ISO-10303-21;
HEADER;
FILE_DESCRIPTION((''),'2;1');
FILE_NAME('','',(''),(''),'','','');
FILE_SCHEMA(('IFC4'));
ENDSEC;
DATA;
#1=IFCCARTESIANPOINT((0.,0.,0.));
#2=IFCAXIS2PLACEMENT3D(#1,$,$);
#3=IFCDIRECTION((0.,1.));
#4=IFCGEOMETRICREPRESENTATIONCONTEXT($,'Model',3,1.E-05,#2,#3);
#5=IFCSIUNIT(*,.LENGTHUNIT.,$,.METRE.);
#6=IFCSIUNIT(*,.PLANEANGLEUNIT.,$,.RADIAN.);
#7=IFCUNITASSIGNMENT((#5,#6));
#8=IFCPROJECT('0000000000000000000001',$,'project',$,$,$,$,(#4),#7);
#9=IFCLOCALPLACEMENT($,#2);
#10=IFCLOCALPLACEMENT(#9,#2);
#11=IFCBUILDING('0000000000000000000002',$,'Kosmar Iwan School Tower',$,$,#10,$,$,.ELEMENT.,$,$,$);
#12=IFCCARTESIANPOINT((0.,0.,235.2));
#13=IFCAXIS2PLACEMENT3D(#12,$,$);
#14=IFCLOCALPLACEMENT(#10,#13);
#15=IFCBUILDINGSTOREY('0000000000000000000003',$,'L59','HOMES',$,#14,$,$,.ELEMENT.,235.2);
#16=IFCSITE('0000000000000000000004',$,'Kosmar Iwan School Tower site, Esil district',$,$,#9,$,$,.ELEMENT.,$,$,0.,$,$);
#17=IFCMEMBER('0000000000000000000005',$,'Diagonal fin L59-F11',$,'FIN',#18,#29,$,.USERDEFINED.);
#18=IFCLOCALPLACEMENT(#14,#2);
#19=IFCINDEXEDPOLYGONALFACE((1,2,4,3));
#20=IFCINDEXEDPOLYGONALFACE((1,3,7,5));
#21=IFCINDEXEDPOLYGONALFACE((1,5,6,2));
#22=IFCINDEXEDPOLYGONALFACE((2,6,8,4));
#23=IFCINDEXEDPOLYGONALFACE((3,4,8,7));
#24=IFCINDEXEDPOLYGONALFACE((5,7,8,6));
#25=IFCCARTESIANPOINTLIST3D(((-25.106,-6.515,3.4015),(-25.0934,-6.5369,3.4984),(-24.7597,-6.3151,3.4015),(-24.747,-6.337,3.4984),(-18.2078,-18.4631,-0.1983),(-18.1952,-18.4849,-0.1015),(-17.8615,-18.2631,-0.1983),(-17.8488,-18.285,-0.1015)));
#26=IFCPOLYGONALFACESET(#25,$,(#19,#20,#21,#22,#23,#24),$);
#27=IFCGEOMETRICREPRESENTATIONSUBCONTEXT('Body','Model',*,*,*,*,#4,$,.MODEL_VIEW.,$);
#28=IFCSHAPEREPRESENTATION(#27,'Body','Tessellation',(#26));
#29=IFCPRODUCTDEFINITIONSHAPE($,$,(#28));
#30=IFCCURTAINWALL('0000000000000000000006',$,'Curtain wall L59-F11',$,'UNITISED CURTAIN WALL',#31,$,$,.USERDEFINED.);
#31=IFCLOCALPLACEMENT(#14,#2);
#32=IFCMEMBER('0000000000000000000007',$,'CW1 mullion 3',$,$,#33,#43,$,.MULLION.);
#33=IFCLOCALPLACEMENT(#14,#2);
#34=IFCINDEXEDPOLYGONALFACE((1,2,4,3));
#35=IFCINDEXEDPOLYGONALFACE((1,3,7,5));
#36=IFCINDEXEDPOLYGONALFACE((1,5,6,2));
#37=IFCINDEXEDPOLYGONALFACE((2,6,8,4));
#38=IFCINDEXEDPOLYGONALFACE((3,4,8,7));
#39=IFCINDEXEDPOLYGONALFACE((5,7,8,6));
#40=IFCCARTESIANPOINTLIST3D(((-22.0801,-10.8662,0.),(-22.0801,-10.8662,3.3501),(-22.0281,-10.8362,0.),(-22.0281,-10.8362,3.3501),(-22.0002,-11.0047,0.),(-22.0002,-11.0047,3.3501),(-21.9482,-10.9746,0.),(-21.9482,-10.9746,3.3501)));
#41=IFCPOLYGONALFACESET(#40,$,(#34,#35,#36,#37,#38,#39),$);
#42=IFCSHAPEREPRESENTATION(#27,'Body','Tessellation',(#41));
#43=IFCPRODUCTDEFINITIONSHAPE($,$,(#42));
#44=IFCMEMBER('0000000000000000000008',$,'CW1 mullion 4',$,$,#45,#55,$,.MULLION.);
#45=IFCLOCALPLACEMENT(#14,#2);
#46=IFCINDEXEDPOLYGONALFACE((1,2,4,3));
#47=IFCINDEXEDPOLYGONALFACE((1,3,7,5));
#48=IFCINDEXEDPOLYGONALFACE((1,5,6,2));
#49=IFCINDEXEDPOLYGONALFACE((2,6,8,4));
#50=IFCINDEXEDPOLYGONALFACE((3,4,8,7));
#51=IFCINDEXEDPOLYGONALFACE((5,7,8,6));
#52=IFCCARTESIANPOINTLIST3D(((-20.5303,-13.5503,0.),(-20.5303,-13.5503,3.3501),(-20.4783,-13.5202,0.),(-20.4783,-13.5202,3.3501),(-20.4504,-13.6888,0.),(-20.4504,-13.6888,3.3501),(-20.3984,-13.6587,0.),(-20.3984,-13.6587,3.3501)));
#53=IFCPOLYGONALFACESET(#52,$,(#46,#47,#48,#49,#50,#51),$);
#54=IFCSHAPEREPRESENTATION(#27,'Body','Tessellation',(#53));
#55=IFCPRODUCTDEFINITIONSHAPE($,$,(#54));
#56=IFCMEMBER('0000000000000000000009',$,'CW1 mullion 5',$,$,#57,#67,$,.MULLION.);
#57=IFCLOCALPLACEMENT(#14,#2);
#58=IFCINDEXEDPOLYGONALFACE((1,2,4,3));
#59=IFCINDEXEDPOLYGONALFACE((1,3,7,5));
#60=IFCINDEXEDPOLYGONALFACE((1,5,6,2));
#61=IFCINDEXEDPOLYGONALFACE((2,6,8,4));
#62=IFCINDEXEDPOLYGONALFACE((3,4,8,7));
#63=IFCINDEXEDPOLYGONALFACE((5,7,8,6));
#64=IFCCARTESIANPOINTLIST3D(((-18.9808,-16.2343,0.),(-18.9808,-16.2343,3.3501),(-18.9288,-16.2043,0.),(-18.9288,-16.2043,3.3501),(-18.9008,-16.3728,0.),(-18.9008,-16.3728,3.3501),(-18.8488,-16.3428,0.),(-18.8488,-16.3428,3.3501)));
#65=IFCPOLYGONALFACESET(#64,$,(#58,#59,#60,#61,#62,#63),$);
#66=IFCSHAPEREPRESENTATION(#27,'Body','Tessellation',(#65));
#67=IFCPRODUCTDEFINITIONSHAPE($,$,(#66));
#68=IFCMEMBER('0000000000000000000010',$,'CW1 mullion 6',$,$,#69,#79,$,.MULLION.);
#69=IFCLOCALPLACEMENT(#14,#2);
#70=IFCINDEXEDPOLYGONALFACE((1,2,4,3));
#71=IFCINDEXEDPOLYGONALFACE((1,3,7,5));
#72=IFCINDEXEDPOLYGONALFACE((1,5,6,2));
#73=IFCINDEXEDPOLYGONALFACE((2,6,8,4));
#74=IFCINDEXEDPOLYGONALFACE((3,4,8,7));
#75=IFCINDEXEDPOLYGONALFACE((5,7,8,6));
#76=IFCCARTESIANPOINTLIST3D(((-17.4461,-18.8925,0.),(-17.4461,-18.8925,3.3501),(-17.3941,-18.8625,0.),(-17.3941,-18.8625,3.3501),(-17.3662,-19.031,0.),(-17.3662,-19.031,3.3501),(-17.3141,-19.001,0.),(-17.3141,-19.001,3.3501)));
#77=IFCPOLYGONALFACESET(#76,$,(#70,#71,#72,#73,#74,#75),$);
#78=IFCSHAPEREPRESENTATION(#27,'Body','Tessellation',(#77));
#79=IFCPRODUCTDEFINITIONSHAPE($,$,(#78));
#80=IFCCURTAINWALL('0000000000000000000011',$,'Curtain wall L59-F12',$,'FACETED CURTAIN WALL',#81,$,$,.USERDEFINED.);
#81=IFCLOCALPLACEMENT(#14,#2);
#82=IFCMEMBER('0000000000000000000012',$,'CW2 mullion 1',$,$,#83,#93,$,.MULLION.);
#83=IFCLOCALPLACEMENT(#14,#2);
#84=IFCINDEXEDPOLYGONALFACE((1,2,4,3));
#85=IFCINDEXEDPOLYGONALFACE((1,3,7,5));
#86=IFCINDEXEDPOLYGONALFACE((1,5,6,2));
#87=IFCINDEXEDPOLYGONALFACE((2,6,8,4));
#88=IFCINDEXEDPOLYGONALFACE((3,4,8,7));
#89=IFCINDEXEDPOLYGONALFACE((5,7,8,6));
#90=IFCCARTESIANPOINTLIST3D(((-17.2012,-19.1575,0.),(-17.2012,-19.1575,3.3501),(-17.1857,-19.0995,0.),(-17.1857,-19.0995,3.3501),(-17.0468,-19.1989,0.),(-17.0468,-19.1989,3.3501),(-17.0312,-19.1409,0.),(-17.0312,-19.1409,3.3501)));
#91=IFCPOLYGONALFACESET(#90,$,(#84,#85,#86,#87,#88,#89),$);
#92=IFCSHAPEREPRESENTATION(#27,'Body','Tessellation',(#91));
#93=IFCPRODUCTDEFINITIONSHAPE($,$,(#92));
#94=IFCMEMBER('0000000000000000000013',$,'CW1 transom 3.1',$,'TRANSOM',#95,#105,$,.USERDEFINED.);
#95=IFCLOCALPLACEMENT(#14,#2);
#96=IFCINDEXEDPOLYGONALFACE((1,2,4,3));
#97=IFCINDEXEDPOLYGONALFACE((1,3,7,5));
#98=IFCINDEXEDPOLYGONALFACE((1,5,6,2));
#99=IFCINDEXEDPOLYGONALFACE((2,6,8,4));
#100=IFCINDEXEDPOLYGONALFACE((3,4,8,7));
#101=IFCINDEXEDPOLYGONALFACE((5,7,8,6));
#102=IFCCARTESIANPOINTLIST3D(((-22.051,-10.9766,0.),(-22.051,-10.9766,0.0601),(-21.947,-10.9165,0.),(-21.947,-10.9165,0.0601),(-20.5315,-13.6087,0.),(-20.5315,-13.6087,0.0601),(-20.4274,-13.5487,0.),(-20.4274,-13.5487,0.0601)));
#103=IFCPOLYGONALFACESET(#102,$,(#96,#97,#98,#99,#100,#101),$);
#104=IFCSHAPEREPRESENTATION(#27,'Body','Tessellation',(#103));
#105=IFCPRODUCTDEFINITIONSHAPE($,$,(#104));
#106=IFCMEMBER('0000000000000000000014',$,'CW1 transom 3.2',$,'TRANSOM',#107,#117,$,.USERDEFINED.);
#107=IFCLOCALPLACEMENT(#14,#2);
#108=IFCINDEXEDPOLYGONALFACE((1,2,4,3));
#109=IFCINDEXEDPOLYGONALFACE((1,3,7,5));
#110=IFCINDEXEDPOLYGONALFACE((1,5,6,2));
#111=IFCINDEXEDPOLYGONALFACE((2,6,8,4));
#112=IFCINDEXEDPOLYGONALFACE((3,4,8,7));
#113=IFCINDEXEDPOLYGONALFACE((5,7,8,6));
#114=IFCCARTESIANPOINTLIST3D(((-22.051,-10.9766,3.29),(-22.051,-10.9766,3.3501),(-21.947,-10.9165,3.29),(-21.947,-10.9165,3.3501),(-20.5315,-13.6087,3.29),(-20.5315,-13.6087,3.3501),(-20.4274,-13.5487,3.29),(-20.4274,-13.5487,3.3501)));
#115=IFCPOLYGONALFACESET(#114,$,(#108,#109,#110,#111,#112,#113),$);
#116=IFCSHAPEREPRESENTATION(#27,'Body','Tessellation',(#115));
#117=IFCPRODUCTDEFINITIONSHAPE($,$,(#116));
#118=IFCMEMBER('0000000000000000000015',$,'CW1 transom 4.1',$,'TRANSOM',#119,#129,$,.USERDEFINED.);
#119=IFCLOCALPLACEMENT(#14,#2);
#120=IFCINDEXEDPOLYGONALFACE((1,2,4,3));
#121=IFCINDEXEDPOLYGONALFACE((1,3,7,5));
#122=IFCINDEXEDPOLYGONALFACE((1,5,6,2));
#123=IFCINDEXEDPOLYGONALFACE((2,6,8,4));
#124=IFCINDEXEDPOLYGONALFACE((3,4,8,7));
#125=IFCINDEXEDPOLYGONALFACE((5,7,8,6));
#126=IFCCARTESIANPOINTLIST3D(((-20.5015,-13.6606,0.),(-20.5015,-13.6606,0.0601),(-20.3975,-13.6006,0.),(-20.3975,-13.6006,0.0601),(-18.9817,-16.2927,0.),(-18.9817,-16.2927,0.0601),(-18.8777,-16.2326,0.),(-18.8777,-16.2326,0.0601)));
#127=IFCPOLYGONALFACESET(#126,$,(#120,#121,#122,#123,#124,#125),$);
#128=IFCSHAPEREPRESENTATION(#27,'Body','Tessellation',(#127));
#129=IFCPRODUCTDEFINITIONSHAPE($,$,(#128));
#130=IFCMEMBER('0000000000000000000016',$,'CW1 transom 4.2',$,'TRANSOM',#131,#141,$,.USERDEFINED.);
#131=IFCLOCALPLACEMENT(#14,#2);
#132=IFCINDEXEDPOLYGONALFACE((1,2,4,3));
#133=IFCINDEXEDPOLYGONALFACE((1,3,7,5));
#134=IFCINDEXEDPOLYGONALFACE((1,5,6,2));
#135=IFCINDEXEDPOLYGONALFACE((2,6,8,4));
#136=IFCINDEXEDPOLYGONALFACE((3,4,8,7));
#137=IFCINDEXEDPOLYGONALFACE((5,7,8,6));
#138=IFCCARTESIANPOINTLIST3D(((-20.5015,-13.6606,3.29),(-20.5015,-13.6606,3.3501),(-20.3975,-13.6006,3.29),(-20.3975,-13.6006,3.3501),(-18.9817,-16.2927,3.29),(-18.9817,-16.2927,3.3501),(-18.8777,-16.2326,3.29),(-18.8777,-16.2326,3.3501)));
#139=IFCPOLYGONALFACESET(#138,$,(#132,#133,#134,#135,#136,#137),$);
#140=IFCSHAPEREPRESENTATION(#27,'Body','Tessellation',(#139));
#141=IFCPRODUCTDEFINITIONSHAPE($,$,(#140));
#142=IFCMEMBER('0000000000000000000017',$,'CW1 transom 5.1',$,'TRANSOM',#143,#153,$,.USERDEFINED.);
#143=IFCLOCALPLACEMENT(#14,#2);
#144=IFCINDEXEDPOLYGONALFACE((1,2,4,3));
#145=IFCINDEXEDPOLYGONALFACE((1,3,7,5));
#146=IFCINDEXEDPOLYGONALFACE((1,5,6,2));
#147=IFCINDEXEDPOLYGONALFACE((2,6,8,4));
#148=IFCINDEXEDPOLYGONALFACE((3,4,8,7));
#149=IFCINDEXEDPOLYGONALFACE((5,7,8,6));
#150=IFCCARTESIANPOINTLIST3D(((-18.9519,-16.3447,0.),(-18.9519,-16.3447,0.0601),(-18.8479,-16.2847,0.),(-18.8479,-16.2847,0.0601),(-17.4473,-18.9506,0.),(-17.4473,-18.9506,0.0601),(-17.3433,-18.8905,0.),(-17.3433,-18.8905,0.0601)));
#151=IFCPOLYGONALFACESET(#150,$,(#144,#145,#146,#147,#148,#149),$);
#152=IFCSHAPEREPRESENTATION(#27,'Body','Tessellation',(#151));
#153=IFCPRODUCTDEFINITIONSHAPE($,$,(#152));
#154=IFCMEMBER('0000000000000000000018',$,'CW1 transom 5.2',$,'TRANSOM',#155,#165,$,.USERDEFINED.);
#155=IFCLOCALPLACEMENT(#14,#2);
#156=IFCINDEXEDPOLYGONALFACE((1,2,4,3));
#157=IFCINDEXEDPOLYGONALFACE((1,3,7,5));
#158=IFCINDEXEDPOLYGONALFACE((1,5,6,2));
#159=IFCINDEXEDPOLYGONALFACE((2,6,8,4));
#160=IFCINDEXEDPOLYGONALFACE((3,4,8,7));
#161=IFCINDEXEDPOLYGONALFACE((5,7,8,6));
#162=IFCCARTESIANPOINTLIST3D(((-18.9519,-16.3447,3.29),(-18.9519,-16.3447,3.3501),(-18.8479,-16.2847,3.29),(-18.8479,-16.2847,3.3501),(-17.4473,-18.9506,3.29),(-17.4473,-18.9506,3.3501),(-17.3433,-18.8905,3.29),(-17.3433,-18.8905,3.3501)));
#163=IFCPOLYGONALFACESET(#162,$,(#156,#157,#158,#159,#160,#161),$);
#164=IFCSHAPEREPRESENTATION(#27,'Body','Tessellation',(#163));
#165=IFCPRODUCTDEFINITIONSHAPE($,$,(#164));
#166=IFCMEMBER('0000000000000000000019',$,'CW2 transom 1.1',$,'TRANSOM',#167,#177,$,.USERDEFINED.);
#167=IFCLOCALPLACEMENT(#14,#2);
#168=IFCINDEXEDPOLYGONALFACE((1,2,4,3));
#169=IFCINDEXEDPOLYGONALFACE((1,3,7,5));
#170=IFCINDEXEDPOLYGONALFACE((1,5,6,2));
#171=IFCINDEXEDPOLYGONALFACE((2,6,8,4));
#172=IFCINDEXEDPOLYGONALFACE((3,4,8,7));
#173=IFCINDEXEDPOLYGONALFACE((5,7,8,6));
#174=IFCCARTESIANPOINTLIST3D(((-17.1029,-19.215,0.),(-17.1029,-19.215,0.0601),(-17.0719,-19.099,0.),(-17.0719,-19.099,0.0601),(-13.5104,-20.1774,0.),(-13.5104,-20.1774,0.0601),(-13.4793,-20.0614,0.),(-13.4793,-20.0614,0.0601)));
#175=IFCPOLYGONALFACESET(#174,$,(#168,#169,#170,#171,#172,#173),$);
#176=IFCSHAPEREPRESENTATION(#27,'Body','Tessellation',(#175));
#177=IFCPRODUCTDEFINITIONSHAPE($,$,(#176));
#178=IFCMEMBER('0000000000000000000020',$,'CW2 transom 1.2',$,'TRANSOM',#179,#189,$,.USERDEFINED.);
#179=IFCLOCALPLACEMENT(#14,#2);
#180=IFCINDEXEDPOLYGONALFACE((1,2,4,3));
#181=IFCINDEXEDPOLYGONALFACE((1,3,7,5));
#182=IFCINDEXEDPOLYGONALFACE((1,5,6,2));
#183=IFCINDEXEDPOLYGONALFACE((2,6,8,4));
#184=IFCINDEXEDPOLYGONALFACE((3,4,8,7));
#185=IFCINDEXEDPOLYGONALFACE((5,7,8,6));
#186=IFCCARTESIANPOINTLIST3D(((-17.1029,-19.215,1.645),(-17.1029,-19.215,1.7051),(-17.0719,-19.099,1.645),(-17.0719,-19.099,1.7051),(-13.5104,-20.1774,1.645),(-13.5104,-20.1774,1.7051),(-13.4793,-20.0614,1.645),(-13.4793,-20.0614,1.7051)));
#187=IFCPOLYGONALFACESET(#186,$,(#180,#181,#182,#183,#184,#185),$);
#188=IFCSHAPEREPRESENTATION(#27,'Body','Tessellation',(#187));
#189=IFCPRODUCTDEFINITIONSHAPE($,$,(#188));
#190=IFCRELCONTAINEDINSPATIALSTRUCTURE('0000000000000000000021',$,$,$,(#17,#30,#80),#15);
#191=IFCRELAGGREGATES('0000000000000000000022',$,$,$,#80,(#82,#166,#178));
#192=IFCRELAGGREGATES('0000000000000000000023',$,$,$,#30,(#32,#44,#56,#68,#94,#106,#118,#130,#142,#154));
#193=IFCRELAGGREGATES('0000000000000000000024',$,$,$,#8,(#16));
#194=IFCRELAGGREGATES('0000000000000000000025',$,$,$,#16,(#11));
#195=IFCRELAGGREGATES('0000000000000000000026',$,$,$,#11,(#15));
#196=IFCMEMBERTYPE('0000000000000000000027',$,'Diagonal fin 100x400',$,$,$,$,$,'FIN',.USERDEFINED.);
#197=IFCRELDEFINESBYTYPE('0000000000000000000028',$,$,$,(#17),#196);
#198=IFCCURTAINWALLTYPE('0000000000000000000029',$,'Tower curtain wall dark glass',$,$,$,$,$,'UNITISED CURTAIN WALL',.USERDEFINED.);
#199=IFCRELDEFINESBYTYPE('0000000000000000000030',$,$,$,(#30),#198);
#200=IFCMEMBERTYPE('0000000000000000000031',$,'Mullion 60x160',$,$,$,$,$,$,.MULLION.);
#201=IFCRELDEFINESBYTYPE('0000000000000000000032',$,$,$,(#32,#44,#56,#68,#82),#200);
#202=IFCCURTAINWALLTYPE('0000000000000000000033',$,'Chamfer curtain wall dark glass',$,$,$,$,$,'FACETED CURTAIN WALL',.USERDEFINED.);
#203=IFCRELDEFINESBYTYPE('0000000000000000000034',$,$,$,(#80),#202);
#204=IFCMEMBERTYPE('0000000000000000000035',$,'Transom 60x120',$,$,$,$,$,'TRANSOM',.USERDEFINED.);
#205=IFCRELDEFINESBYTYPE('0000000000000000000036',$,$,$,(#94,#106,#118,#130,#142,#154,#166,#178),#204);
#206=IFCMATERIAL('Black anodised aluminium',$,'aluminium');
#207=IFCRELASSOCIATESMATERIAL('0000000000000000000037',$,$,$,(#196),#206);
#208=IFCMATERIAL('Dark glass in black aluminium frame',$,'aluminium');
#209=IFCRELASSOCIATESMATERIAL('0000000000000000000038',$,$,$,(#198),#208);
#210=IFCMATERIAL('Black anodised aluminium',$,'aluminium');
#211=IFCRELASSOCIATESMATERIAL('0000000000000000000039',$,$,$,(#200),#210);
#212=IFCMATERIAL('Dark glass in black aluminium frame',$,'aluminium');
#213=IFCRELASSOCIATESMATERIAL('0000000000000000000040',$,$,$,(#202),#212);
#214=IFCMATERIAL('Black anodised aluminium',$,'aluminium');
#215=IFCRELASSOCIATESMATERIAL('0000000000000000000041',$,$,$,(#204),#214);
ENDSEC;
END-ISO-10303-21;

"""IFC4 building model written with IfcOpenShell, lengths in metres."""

from ifc_helpers import new_model, si_unit, direction, frame, origin, origin_2d, place, context, subcontext, project, spatial, rectangle, extrude, material, material_profile, profile_set, type_object, element, aggregate, save


model = new_model("IFC4")

# Units and contexts
model_context = context("Model", 3, precision=1e-05, world=origin(), true_north=direction((0.0, 1.0)))
body_context = subcontext(model_context, "Body", "Model", "MODEL_VIEW")
ifc_project = project(units=[si_unit("LENGTHUNIT", "METRE"), si_unit("PLANEANGLEUNIT", "RADIAN")], contexts=[model_context])

# Site, building, storey
site_placement = place(None, origin())
site = spatial("IfcSite", under=ifc_project, at=site_placement, Name="Kosmar Iwan School Tower site, Esil district", CompositionType="ELEMENT", RefElevation=0.0)
building_placement = place(site_placement, origin())
building = spatial("IfcBuilding", under=site, at=building_placement, Name="Kosmar Iwan School Tower", CompositionType="ELEMENT")
storey_placement = place(building_placement, frame((0.0, 0.0, 235.2)))
storey = spatial("IfcBuildingStorey", under=building, at=storey_placement, Name="L59", Description="HOMES", CompositionType="ELEMENT", Elevation=235.2)

# Member
ifc_material_1 = material(Name="Black anodised aluminium", Category="aluminium")
ifc_material_profile_1 = material_profile(ifc_material_1, rectangle(XDim=0.1001, YDim=0.3999, at=origin_2d()), Name="FIN 100x400")
ifc_profile_set_1 = profile_set([ifc_material_profile_1], Name="Black anodised aluminium")
member_type_1 = type_object("IfcMemberType", Name="Diagonal fin 100x400", ElementType="FIN", PredefinedType="USERDEFINED", material=ifc_profile_set_1)
member_1_placement = place(storey_placement, frame((-18.0283, -18.374, -0.1499), z_axis=(-0.483802, 0.837969, 0.252475), x_axis=(0.126237, -0.218649, 0.967604)))
element("IfcMember", 1, at=member_1_placement, inside=storey, type_object=member_type_1, Name="Diagonal fin L59-F11", ObjectType="FIN", PredefinedType="USERDEFINED", context=body_context, shape_type="SweptSolid", body=[
    extrude(rectangle(XDim=0.1001, YDim=0.3999, at=origin_2d()), origin(), (0.0, 0.0, 1.0), 14.2583),
])

# Curtain wall, members
ifc_material_2 = material(Name="Dark glass in black aluminium frame", Category="aluminium")
curtain_wall_type_1 = type_object("IfcCurtainWallType", Name="Tower curtain wall dark glass", ElementType="UNITISED CURTAIN WALL", PredefinedType="USERDEFINED", material=ifc_material_2)
curtain_wall_1_placement = place(storey_placement, origin())
curtain_wall_1 = element("IfcCurtainWall", 2, at=curtain_wall_1_placement, inside=storey, type_object=curtain_wall_type_1, Name="Curtain wall L59-F11", ObjectType="UNITISED CURTAIN WALL", PredefinedType="USERDEFINED")
ifc_material_3 = material(Name="Black anodised aluminium", Category="aluminium")
ifc_material_profile_2 = material_profile(ifc_material_3, rectangle(XDim=0.0601, YDim=0.1599, at=origin_2d()), Name="MULLION 60x160")
ifc_profile_set_2 = profile_set([ifc_material_profile_2], Name="Black anodised aluminium")
member_type_2 = type_object("IfcMemberType", Name="Mullion 60x160", PredefinedType="MULLION", material=ifc_profile_set_2)
member_2_placement = place(storey_placement, frame((-22.0142, -10.9204, 0.0), z_axis=(0.0, 0.0, 1.0), x_axis=(0.866025, 0.5, 0.0)))
member_2 = element("IfcMember", 3, at=member_2_placement, type_object=member_type_2, Name="CW1 mullion 3", PredefinedType="MULLION", context=body_context, shape_type="SweptSolid", body=[
    extrude(rectangle(XDim=0.0601, YDim=0.1599, at=origin_2d()), origin(), (0.0, 0.0, 1.0), 3.3501),
])
member_3_placement = place(storey_placement, frame((-20.4644, -13.6045, 0.0), z_axis=(0.0, 0.0, 1.0), x_axis=(0.866025, 0.5, 0.0)))
member_3 = element("IfcMember", 4, at=member_3_placement, type_object=member_type_2, Name="CW1 mullion 4", PredefinedType="MULLION", context=body_context, shape_type="SweptSolid", body=[
    extrude(rectangle(XDim=0.0601, YDim=0.1599, at=origin_2d()), origin(), (0.0, 0.0, 1.0), 3.3501),
])
member_4_placement = place(storey_placement, frame((-18.9148, -16.2886, 0.0), z_axis=(0.0, 0.0, 1.0), x_axis=(0.866025, 0.5, 0.0)))
member_4 = element("IfcMember", 5, at=member_4_placement, type_object=member_type_2, Name="CW1 mullion 5", PredefinedType="MULLION", context=body_context, shape_type="SweptSolid", body=[
    extrude(rectangle(XDim=0.0601, YDim=0.1599, at=origin_2d()), origin(), (0.0, 0.0, 1.0), 3.3501),
])
member_5_placement = place(storey_placement, frame((-17.3801, -18.9468, 0.0), z_axis=(0.0, 0.0, 1.0), x_axis=(0.866025, 0.5, 0.0)))
member_5 = element("IfcMember", 6, at=member_5_placement, type_object=member_type_2, Name="CW1 mullion 6", PredefinedType="MULLION", context=body_context, shape_type="SweptSolid", body=[
    extrude(rectangle(XDim=0.0601, YDim=0.1599, at=origin_2d()), origin(), (0.0, 0.0, 1.0), 3.3501),
])

# Curtain wall, member
ifc_material_4 = material(Name="Dark glass in black aluminium frame", Category="aluminium")
curtain_wall_type_2 = type_object("IfcCurtainWallType", Name="Chamfer curtain wall dark glass", ElementType="FACETED CURTAIN WALL", PredefinedType="USERDEFINED", material=ifc_material_4)
curtain_wall_2_placement = place(storey_placement, origin())
curtain_wall_2 = element("IfcCurtainWall", 7, at=curtain_wall_2_placement, inside=storey, type_object=curtain_wall_type_2, Name="Curtain wall L59-F12", ObjectType="FACETED CURTAIN WALL", PredefinedType="USERDEFINED")
member_6_placement = place(storey_placement, frame((-17.1162, -19.1492, 0.0), z_axis=(0.0, 0.0, 1.0), x_axis=(0.258819, 0.965926, 0.0)))
member_6 = element("IfcMember", 8, at=member_6_placement, type_object=member_type_2, Name="CW2 mullion 1", PredefinedType="MULLION", context=body_context, shape_type="SweptSolid", body=[
    extrude(rectangle(XDim=0.0601, YDim=0.1599, at=origin_2d()), origin(), (0.0, 0.0, 1.0), 3.3501),
])

# Members
ifc_material_5 = material(Name="Black anodised aluminium", Category="aluminium")
ifc_material_profile_3 = material_profile(ifc_material_5, rectangle(XDim=0.1201, YDim=0.0601, at=origin_2d()), Name="TRANSOM 60x120")
ifc_profile_set_3 = profile_set([ifc_material_profile_3], Name="Black anodised aluminium")
member_type_3 = type_object("IfcMemberType", Name="Transom 60x120", ElementType="TRANSOM", PredefinedType="USERDEFINED", material=ifc_profile_set_3)
member_7_placement = place(storey_placement, frame((-21.999, -10.9465, 0.03), z_axis=(0.499975, -0.86604, 0.0), x_axis=(0.86604, 0.499975, 0.0)))
member_7 = element("IfcMember", 9, at=member_7_placement, type_object=member_type_3, Name="CW1 transom 3.1", ObjectType="TRANSOM", PredefinedType="USERDEFINED", context=body_context, shape_type="SweptSolid", body=[
    extrude(rectangle(XDim=0.1201, YDim=0.0601, at=origin_2d()), origin(), (0.0, 0.0, 1.0), 3.0393),
])
member_8_placement = place(storey_placement, frame((-21.999, -10.9465, 3.3201), z_axis=(0.499975, -0.86604, 0.0), x_axis=(0.86604, 0.499975, 0.0)))
member_8 = element("IfcMember", 10, at=member_8_placement, type_object=member_type_3, Name="CW1 transom 3.2", ObjectType="TRANSOM", PredefinedType="USERDEFINED", context=body_context, shape_type="SweptSolid", body=[
    extrude(rectangle(XDim=0.1201, YDim=0.0601, at=origin_2d()), origin(), (0.0, 0.0, 1.0), 3.0393),
])
member_9_placement = place(storey_placement, frame((-20.4495, -13.6306, 0.03), z_axis=(0.500035, -0.866005, 0.0), x_axis=(0.866005, 0.500035, 0.0)))
member_9 = element("IfcMember", 11, at=member_9_placement, type_object=member_type_3, Name="CW1 transom 4.1", ObjectType="TRANSOM", PredefinedType="USERDEFINED", context=body_context, shape_type="SweptSolid", body=[
    extrude(rectangle(XDim=0.1201, YDim=0.0601, at=origin_2d()), origin(), (0.0, 0.0, 1.0), 3.0393),
])
member_10_placement = place(storey_placement, frame((-20.4495, -13.6306, 3.3201), z_axis=(0.500035, -0.866005, 0.0), x_axis=(0.866005, 0.500035, 0.0)))
member_10 = element("IfcMember", 12, at=member_10_placement, type_object=member_type_3, Name="CW1 transom 4.2", ObjectType="TRANSOM", PredefinedType="USERDEFINED", context=body_context, shape_type="SweptSolid", body=[
    extrude(rectangle(XDim=0.1201, YDim=0.0601, at=origin_2d()), origin(), (0.0, 0.0, 1.0), 3.0393),
])
member_11_placement = place(storey_placement, frame((-18.8999, -16.3147, 0.03), z_axis=(0.500022, -0.866013, 0.0), x_axis=(0.866013, 0.500022, 0.0)))
member_11 = element("IfcMember", 13, at=member_11_placement, type_object=member_type_3, Name="CW1 transom 5.1", ObjectType="TRANSOM", PredefinedType="USERDEFINED", context=body_context, shape_type="SweptSolid", body=[
    extrude(rectangle(XDim=0.1201, YDim=0.0601, at=origin_2d()), origin(), (0.0, 0.0, 1.0), 3.009),
])
member_12_placement = place(storey_placement, frame((-18.8999, -16.3147, 3.3201), z_axis=(0.500022, -0.866013, 0.0), x_axis=(0.866013, 0.500022, 0.0)))
member_12 = element("IfcMember", 14, at=member_12_placement, type_object=member_type_3, Name="CW1 transom 5.2", ObjectType="TRANSOM", PredefinedType="USERDEFINED", context=body_context, shape_type="SweptSolid", body=[
    extrude(rectangle(XDim=0.1201, YDim=0.0601, at=origin_2d()), origin(), (0.0, 0.0, 1.0), 3.009),
])
member_13_placement = place(storey_placement, frame((-17.0874, -19.157, 0.03), z_axis=(0.96594, -0.258766, 0.0), x_axis=(0.258766, 0.96594, 0.0)))
member_13 = element("IfcMember", 15, at=member_13_placement, type_object=member_type_3, Name="CW2 transom 1.1", ObjectType="TRANSOM", PredefinedType="USERDEFINED", context=body_context, shape_type="SweptSolid", body=[
    extrude(rectangle(XDim=0.1201, YDim=0.0601, at=origin_2d()), origin(), (0.0, 0.0, 1.0), 3.7192),
])
member_14_placement = place(storey_placement, frame((-17.0874, -19.157, 1.675), z_axis=(0.96594, -0.258766, 0.0), x_axis=(0.258766, 0.96594, 0.0)))
member_14 = element("IfcMember", 16, at=member_14_placement, type_object=member_type_3, Name="CW2 transom 1.2", ObjectType="TRANSOM", PredefinedType="USERDEFINED", context=body_context, shape_type="SweptSolid", body=[
    extrude(rectangle(XDim=0.1201, YDim=0.0601, at=origin_2d()), origin(), (0.0, 0.0, 1.0), 3.7192),
])
aggregate(curtain_wall_2, [member_6, member_13, member_14])

aggregate(curtain_wall_1, [member_2, member_3, member_4, member_5, member_7, member_8, member_9, member_10, member_11, member_12])

save(model, "model.ifc")
